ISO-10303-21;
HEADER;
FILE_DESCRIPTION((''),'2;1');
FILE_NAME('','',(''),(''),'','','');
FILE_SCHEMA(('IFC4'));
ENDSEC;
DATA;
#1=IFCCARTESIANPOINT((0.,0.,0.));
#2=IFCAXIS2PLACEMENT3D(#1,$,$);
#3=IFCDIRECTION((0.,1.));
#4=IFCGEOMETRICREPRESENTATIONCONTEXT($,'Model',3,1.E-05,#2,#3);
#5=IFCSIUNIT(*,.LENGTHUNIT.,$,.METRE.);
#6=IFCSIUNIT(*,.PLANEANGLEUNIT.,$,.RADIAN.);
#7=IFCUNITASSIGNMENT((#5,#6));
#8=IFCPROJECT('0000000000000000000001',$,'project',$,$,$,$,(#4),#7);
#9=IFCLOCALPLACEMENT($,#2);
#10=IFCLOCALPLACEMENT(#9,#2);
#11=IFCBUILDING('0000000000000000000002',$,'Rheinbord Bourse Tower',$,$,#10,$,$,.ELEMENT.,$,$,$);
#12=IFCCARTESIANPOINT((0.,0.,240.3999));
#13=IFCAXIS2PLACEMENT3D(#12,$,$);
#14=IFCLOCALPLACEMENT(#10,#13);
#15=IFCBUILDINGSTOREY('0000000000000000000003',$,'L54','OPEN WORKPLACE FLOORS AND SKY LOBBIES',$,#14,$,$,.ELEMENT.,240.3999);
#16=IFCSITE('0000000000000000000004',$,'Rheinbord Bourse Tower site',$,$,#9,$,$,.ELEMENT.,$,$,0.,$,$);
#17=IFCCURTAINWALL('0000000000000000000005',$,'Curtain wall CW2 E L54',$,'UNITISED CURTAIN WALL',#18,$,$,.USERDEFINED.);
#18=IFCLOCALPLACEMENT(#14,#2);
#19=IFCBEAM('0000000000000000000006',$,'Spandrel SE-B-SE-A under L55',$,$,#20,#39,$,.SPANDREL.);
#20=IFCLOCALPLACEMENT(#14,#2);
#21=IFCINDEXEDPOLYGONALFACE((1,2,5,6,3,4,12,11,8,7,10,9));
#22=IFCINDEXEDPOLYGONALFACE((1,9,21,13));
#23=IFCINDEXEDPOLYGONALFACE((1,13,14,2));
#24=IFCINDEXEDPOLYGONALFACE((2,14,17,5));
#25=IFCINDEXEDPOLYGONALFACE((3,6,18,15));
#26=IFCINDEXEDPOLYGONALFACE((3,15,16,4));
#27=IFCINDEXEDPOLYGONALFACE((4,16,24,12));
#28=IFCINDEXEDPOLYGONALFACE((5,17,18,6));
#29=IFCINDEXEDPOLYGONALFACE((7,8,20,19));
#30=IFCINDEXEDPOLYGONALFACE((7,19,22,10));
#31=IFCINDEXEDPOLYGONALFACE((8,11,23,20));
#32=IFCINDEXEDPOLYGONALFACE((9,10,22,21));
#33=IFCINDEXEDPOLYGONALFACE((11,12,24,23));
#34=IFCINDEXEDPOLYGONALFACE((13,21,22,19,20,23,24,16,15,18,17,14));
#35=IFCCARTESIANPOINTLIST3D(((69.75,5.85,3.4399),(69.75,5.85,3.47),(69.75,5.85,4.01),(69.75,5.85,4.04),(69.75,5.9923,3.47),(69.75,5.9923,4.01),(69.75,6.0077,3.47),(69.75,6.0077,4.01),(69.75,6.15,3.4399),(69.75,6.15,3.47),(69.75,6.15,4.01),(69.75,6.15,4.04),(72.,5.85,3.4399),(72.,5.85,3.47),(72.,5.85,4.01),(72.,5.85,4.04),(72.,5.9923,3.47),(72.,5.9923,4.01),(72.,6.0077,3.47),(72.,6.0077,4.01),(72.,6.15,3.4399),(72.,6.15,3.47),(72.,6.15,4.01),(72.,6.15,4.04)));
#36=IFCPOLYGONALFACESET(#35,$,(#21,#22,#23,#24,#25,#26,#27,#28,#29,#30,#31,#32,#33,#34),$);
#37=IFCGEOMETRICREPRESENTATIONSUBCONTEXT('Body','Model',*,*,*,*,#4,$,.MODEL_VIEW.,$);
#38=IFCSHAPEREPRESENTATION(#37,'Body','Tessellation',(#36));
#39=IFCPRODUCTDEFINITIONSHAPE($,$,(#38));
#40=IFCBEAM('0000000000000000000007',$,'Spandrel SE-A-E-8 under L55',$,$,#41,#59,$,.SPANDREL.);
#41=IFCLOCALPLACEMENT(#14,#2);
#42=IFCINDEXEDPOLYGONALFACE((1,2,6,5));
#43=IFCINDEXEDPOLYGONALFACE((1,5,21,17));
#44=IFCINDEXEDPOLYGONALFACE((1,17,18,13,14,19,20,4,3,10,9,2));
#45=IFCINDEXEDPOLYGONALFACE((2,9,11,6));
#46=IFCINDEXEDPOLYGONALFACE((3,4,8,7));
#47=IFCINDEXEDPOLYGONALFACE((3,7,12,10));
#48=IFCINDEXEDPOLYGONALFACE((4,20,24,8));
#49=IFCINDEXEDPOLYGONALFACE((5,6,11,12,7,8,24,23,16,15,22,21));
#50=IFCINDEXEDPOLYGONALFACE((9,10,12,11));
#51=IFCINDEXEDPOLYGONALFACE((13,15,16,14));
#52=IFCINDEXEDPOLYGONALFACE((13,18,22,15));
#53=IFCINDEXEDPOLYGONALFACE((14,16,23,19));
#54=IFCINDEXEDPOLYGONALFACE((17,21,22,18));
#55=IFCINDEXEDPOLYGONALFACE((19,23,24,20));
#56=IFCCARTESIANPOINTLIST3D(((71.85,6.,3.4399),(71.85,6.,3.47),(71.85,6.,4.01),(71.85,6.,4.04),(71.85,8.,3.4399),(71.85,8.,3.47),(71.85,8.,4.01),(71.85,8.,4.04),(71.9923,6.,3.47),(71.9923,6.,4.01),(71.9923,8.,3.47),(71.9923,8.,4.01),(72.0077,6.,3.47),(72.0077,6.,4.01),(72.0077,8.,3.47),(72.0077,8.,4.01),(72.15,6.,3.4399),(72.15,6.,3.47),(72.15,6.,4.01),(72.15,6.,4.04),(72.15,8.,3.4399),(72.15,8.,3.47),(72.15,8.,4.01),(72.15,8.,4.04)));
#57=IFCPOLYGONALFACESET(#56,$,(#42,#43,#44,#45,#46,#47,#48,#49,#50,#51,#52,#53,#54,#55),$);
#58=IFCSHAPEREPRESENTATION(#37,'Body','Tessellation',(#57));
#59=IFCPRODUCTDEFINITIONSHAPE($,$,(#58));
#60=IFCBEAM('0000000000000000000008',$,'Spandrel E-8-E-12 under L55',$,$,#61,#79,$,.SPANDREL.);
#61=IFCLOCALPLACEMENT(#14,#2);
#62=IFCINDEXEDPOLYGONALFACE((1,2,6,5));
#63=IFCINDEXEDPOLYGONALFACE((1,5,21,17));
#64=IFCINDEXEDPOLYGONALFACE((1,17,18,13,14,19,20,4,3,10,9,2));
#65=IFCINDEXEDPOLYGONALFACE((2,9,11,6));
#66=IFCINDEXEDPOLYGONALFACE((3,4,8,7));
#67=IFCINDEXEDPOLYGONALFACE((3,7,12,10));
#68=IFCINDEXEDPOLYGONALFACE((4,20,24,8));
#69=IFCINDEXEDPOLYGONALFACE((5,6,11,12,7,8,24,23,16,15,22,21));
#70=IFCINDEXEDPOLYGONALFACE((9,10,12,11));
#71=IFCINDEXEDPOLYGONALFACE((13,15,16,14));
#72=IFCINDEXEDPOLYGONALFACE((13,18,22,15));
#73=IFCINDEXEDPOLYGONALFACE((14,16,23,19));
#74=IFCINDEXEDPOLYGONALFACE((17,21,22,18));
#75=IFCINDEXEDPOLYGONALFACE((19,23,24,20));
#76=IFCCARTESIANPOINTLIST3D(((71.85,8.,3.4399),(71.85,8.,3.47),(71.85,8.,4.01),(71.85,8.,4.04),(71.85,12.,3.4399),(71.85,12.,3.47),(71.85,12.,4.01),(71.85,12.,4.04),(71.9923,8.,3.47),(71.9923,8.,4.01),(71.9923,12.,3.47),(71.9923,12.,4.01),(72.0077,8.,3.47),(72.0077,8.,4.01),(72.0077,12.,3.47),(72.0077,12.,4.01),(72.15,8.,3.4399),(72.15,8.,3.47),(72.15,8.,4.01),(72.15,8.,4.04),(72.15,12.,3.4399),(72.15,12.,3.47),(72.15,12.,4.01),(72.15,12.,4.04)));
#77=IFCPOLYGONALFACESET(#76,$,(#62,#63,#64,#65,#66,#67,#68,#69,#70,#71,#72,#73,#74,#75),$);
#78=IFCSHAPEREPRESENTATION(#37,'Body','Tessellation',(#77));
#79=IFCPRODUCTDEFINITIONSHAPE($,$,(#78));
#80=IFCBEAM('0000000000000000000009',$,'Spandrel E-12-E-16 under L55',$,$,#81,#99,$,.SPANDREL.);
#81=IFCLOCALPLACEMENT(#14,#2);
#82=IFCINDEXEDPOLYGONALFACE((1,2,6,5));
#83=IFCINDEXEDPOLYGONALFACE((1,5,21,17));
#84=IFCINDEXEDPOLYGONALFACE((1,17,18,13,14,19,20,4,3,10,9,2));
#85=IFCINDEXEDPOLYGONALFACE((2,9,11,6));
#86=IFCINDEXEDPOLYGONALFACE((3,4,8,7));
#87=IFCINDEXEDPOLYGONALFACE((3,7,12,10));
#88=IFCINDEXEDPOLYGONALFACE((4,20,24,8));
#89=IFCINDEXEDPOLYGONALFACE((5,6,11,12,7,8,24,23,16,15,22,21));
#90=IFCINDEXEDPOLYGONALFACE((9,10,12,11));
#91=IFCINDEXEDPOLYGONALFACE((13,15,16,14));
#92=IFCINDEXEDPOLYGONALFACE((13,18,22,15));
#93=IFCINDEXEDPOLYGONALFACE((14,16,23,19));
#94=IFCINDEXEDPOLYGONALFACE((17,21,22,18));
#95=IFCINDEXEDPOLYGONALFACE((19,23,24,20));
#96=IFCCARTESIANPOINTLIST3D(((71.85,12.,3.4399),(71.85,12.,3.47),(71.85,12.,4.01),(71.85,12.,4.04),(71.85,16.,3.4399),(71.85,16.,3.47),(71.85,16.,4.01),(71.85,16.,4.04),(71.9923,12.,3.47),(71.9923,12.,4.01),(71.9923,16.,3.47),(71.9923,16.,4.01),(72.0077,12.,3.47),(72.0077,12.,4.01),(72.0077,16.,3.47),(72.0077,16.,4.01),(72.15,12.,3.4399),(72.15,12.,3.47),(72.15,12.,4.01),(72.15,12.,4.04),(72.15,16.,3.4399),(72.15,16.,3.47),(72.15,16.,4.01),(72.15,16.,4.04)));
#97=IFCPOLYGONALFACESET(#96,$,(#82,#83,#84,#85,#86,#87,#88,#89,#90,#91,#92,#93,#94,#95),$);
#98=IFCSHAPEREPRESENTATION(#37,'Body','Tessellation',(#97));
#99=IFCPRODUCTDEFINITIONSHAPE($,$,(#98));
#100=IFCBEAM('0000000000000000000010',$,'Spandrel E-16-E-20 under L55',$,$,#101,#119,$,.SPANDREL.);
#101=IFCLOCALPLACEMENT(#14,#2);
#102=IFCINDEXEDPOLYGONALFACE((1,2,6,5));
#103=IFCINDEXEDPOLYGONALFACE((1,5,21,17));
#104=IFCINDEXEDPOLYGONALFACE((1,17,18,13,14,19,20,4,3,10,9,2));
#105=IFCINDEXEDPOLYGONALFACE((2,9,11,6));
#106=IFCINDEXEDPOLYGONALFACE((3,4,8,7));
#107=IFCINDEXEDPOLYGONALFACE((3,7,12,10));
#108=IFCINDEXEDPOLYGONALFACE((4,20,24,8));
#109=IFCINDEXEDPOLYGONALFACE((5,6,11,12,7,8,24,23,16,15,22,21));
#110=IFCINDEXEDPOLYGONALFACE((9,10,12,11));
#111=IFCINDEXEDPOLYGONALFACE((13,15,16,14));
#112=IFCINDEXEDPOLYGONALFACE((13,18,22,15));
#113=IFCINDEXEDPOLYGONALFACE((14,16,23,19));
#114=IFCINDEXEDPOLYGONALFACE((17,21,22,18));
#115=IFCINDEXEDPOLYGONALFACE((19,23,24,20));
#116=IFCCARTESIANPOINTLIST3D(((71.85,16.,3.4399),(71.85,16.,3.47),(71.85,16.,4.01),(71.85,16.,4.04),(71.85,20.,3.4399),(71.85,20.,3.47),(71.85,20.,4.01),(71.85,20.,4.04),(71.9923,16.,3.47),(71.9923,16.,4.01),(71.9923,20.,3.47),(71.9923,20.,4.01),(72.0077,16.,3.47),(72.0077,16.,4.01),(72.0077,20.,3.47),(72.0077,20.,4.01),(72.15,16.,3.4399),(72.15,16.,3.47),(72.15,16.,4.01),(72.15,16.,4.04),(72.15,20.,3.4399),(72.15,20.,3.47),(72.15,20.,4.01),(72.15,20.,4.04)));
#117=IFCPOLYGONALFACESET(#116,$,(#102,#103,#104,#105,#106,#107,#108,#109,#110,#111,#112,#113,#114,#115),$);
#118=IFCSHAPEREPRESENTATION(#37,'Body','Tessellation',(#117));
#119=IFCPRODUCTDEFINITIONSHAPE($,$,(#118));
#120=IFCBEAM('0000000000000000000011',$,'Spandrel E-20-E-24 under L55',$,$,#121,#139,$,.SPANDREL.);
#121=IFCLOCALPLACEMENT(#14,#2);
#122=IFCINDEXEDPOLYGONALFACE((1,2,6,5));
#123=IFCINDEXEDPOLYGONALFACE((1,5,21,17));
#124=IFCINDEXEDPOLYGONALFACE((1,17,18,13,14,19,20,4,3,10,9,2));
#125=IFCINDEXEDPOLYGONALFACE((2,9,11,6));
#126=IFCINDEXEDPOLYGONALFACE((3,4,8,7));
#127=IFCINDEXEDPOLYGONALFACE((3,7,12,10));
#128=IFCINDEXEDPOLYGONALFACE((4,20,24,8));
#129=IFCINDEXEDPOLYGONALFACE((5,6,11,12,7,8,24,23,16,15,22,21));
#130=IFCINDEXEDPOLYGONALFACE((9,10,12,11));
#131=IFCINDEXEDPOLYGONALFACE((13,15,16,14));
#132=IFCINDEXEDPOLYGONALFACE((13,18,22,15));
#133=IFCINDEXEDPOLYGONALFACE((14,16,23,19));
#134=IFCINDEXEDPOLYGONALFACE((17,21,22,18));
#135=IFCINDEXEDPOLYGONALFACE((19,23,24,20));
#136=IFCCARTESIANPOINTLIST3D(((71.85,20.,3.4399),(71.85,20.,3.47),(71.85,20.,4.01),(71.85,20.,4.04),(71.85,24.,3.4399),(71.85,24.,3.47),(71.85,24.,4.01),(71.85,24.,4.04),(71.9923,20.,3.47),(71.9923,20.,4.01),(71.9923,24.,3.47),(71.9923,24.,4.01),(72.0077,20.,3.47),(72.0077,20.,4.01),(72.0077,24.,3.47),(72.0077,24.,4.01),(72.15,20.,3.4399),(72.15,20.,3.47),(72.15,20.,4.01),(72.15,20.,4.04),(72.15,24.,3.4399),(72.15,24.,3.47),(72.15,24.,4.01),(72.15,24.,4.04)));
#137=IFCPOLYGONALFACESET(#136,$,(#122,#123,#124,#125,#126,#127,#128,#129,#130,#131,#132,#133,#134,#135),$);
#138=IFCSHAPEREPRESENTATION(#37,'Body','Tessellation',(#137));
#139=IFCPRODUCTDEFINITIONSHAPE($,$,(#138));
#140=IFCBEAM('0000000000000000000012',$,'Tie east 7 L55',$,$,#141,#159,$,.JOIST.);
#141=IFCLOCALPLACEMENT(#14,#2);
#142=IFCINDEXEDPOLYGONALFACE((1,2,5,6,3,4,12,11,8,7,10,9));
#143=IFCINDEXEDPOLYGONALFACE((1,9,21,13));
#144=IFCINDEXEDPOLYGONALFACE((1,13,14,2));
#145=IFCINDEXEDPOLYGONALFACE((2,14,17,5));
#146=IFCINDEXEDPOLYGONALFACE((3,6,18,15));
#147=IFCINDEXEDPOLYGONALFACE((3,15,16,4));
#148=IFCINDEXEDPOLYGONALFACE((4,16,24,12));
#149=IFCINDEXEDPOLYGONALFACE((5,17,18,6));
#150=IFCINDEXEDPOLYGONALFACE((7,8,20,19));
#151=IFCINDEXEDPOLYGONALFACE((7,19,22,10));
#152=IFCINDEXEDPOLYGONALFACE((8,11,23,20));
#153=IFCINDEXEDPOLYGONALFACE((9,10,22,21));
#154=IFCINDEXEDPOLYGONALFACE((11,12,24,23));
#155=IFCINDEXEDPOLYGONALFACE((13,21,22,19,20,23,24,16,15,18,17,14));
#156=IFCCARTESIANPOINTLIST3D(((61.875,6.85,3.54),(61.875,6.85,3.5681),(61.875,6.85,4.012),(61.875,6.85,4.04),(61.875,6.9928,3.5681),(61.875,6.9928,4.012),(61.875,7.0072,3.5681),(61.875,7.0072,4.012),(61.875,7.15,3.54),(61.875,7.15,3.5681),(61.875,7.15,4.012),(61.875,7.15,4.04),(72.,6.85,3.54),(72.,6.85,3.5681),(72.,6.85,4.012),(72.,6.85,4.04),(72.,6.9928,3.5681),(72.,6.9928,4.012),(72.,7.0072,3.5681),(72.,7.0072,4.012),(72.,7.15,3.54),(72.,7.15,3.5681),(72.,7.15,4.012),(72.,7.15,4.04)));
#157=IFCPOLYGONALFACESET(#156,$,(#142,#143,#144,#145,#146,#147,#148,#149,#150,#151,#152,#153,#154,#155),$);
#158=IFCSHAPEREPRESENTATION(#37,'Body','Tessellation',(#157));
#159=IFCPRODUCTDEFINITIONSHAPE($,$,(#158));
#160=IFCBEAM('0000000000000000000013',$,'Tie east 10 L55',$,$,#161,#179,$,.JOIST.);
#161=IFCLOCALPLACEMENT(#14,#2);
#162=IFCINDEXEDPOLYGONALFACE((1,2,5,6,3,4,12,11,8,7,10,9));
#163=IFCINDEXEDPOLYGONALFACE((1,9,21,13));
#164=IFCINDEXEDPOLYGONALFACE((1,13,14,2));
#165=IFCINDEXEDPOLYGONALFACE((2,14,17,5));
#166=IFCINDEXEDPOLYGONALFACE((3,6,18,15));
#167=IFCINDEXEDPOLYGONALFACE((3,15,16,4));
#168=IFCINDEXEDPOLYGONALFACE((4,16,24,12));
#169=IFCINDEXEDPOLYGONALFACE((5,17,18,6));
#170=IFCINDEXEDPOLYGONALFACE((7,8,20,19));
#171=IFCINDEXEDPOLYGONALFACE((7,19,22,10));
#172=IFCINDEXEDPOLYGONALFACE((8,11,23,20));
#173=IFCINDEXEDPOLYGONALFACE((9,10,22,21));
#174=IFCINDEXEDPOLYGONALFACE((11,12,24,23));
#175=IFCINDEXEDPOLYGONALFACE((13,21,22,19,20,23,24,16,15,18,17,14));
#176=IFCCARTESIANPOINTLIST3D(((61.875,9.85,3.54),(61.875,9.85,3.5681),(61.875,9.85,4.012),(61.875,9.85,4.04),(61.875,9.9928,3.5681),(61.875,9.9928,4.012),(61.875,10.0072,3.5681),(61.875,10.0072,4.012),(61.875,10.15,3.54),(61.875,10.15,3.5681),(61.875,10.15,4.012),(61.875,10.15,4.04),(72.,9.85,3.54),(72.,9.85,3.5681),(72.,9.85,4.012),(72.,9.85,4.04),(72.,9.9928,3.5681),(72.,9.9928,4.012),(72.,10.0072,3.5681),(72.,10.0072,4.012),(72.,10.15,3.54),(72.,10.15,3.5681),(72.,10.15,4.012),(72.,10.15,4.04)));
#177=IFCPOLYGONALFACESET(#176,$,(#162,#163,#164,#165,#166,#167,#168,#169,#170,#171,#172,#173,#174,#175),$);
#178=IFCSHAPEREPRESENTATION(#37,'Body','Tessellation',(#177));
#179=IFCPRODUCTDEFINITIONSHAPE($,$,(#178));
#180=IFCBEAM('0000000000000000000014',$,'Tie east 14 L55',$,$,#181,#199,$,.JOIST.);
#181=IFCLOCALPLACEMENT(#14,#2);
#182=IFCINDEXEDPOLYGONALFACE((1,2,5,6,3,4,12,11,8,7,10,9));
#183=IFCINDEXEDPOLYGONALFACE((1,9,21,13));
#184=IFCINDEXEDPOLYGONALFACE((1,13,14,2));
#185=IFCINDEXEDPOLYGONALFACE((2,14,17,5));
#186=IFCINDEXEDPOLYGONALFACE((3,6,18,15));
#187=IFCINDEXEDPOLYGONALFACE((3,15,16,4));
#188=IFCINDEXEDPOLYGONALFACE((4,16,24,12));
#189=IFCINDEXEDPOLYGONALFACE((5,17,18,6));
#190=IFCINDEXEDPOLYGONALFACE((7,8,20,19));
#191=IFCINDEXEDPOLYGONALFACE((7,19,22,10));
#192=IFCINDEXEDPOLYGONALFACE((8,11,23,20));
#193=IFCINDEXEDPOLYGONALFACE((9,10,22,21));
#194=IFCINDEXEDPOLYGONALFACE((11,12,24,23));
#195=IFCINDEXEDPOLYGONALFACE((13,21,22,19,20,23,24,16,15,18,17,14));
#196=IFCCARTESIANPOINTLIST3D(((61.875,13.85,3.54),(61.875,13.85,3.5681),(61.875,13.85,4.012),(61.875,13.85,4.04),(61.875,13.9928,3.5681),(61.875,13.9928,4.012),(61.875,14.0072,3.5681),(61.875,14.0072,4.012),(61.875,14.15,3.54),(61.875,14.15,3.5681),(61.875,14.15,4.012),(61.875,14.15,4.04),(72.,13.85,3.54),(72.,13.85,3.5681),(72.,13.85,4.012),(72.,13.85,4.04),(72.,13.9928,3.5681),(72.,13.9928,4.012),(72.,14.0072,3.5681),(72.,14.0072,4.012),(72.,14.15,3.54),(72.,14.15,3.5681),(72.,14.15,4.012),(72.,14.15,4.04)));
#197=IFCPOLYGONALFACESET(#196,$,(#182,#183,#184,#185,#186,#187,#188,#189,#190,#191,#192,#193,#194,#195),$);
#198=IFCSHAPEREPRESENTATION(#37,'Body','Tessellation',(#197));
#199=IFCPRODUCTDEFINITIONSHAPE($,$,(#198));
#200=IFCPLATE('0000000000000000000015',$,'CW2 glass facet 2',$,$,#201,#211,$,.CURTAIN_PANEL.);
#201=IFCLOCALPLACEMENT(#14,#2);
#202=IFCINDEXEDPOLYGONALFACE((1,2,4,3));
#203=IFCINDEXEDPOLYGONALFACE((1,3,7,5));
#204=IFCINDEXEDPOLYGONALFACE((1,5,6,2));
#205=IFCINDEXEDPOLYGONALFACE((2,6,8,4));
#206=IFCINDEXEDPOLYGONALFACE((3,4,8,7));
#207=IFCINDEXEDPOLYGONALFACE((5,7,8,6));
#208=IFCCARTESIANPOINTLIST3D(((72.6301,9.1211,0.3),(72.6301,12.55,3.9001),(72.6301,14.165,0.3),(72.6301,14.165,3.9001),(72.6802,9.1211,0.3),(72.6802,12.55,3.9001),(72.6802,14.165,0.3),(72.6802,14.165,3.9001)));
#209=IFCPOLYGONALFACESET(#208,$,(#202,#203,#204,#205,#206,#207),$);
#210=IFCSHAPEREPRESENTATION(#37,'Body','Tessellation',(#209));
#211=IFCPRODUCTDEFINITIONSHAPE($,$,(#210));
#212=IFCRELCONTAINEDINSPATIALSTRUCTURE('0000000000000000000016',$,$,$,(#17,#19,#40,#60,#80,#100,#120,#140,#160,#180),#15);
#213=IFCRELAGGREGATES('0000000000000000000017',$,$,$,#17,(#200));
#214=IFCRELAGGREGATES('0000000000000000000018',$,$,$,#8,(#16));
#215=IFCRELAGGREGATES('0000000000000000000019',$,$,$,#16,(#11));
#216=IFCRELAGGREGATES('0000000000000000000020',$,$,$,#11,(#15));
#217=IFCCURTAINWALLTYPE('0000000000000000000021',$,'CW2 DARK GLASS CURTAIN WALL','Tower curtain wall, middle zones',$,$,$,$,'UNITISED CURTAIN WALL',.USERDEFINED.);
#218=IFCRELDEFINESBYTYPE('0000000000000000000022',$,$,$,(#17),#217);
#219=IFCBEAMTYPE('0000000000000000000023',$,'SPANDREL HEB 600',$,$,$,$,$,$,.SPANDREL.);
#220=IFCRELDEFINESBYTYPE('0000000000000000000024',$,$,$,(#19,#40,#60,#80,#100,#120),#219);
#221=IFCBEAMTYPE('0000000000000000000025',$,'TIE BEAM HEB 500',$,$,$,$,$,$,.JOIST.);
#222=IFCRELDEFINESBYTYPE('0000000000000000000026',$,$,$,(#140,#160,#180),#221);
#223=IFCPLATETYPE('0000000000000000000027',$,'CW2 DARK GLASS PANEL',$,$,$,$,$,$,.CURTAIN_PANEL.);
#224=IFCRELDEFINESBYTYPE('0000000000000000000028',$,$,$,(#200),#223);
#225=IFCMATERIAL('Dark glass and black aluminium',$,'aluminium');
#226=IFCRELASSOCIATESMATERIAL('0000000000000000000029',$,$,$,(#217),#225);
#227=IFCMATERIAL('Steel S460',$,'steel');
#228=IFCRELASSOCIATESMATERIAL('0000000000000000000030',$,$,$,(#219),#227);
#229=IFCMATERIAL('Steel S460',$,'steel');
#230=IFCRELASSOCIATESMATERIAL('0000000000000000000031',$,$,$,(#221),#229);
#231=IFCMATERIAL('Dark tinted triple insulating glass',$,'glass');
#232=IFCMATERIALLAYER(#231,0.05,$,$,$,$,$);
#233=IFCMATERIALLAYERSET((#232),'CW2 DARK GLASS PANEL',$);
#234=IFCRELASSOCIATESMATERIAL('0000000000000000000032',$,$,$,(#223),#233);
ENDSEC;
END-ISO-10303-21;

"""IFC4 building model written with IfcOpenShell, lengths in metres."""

from ifc_helpers import new_model, si_unit, direction, frame, origin, origin_2d, place, context, subcontext, project, spatial, polyline, i_section, outline, extrude, material, layer, layer_set, material_profile, profile_set, type_object, element, aggregate, save


model = new_model("IFC4")

# Units and contexts
model_context = context("Model", 3, precision=1e-05, world=origin(), true_north=direction((0.0, 1.0)))
body_context = subcontext(model_context, "Body", "Model", "MODEL_VIEW")
ifc_project = project(units=[si_unit("LENGTHUNIT", "METRE"), si_unit("PLANEANGLEUNIT", "RADIAN")], contexts=[model_context])

# Site, building, storey
site_placement = place(None, origin())
site = spatial("IfcSite", under=ifc_project, at=site_placement, Name="Rheinbord Bourse Tower site", CompositionType="ELEMENT", RefElevation=0.0)
building_placement = place(site_placement, origin())
building = spatial("IfcBuilding", under=site, at=building_placement, Name="Rheinbord Bourse Tower", CompositionType="ELEMENT")
storey_placement = place(building_placement, frame((0.0, 0.0, 240.3999)))
storey = spatial("IfcBuildingStorey", under=building, at=storey_placement, Name="L54", Description="OPEN WORKPLACE FLOORS AND SKY LOBBIES", CompositionType="ELEMENT", Elevation=240.3999)

# Curtain wall
ifc_material_1 = material(Name="Dark glass and black aluminium", Category="aluminium")
curtain_wall_type = type_object("IfcCurtainWallType", Name="CW2 DARK GLASS CURTAIN WALL", Description="Tower curtain wall, middle zones", ElementType="UNITISED CURTAIN WALL", PredefinedType="USERDEFINED", material=ifc_material_1)
curtain_wall_placement = place(storey_placement, origin())
curtain_wall = element("IfcCurtainWall", 1, at=curtain_wall_placement, inside=storey, type_object=curtain_wall_type, Name="Curtain wall CW2 E L54", ObjectType="UNITISED CURTAIN WALL", PredefinedType="USERDEFINED")

# Beams
ifc_material_2 = material(Name="Steel S460", Category="steel")
ifc_material_profile_1 = material_profile(ifc_material_2, i_section(OverallWidth=0.3, OverallDepth=0.6001, WebThickness=0.0154, FlangeThickness=0.03, at=origin_2d()), Name="HEB 600")
ifc_profile_set_1 = profile_set([ifc_material_profile_1], Name="Steel S460")
beam_type_1 = type_object("IfcBeamType", Name="SPANDREL HEB 600", PredefinedType="SPANDREL", material=ifc_profile_set_1)
beam_1_placement = place(storey_placement, frame((69.75, 6.0, 3.74), z_axis=(1.0, 0.0, 0.0), x_axis=(0.0, 1.0, 0.0)))
element("IfcBeam", 2, at=beam_1_placement, inside=storey, type_object=beam_type_1, Name="Spandrel SE-B-SE-A under L55", PredefinedType="SPANDREL", context=body_context, shape_type="SweptSolid", body=[
    extrude(i_section(OverallWidth=0.3, OverallDepth=0.6001, WebThickness=0.0154, FlangeThickness=0.03, at=origin_2d()), origin(), (0.0, 0.0, 1.0), 2.25),
])
beam_2_placement = place(storey_placement, frame((72.0, 6.0, 3.74), z_axis=(0.0, 1.0, 0.0), x_axis=(-1.0, 0.0, 0.0)))
element("IfcBeam", 3, at=beam_2_placement, inside=storey, type_object=beam_type_1, Name="Spandrel SE-A-E-8 under L55", PredefinedType="SPANDREL", context=body_context, shape_type="SweptSolid", body=[
    extrude(i_section(OverallWidth=0.3, OverallDepth=0.6001, WebThickness=0.0154, FlangeThickness=0.03, at=origin_2d()), origin(), (0.0, 0.0, 1.0), 2.0),
])
for number, where, z_axis, x_axis, name in (
    (4, (72.0, 8.0, 3.74), (0.0, 1.0, 0.0), (-1.0, 0.0, 0.0), "Spandrel E-8-E-12 under L55"),
    (5, (72.0, 12.0, 3.74), (0.0, 1.0, 0.0), (-1.0, 0.0, 0.0), "Spandrel E-12-E-16 under L55"),
    (6, (72.0, 16.0, 3.74), (0.0, 1.0, 0.0), (-1.0, 0.0, 0.0), "Spandrel E-16-E-20 under L55"),
    (7, (72.0, 20.0, 3.74), (0.0, 1.0, 0.0), (-1.0, 0.0, 0.0), "Spandrel E-20-E-24 under L55"),
):
    element("IfcBeam", number, at=place(storey_placement, frame(where, z_axis=z_axis, x_axis=x_axis)), inside=storey, type_object=beam_type_1, Name=name, PredefinedType="SPANDREL", context=body_context, shape_type="SweptSolid", body=[
        extrude(i_section(OverallWidth=0.3, OverallDepth=0.6001, WebThickness=0.0154, FlangeThickness=0.03, at=origin_2d()), origin(), (0.0, 0.0, 1.0), 4.0),
    ])
ifc_material_3 = material(Name="Steel S460", Category="steel")
ifc_material_profile_2 = material_profile(ifc_material_3, i_section(OverallWidth=0.3, OverallDepth=0.5, WebThickness=0.0144, FlangeThickness=0.0281, at=origin_2d()), Name="HEB 500")
ifc_profile_set_2 = profile_set([ifc_material_profile_2], Name="Steel S460")
beam_type_2 = type_object("IfcBeamType", Name="TIE BEAM HEB 500", PredefinedType="JOIST", material=ifc_profile_set_2)
for number, where, z_axis, x_axis, name in (
    (8, (61.875, 7.0, 3.79), (1.0, 0.0, 0.0), (0.0, 1.0, 0.0), "Tie east 7 L55"),
    (9, (61.875, 10.0, 3.79), (1.0, 0.0, 0.0), (0.0, 1.0, 0.0), "Tie east 10 L55"),
    (10, (61.875, 14.0, 3.79), (1.0, 0.0, 0.0), (0.0, 1.0, 0.0), "Tie east 14 L55"),
):
    element("IfcBeam", number, at=place(storey_placement, frame(where, z_axis=z_axis, x_axis=x_axis)), inside=storey, type_object=beam_type_2, Name=name, PredefinedType="JOIST", context=body_context, shape_type="SweptSolid", body=[
        extrude(i_section(OverallWidth=0.3, OverallDepth=0.5, WebThickness=0.0144, FlangeThickness=0.0281, at=origin_2d()), origin(), (0.0, 0.0, 1.0), 10.125),
    ])

# Plate
ifc_material_4 = material(Name="Dark tinted triple insulating glass", Category="glass")
ifc_layer_1 = layer(ifc_material_4, 0.05)
ifc_layer_set_1 = layer_set([ifc_layer_1], Name="CW2 DARK GLASS PANEL")
plate_type = type_object("IfcPlateType", Name="CW2 DARK GLASS PANEL", PredefinedType="CURTAIN_PANEL", material=ifc_layer_set_1)
plate_1_placement = place(storey_placement, frame((72.6802, 14.165, 3.9001), z_axis=(-1.0, 0.0, 0.0), x_axis=(0.0, 0.0, -1.0)))
plate_1 = element("IfcPlate", 11, at=plate_1_placement, type_object=plate_type, Name="CW2 glass facet 2", PredefinedType="CURTAIN_PANEL", context=body_context, shape_type="SweptSolid", body=[
    extrude(outline(polyline([(0.0, 0.0), (3.6001, 0.0), (3.6001, 5.0439), (0.0, 1.615), (0.0, 0.0)])), origin(), (0.0, 0.0, 1.0), 0.05),
])
aggregate(curtain_wall, [plate_1])

save(model, "model.ifc")
